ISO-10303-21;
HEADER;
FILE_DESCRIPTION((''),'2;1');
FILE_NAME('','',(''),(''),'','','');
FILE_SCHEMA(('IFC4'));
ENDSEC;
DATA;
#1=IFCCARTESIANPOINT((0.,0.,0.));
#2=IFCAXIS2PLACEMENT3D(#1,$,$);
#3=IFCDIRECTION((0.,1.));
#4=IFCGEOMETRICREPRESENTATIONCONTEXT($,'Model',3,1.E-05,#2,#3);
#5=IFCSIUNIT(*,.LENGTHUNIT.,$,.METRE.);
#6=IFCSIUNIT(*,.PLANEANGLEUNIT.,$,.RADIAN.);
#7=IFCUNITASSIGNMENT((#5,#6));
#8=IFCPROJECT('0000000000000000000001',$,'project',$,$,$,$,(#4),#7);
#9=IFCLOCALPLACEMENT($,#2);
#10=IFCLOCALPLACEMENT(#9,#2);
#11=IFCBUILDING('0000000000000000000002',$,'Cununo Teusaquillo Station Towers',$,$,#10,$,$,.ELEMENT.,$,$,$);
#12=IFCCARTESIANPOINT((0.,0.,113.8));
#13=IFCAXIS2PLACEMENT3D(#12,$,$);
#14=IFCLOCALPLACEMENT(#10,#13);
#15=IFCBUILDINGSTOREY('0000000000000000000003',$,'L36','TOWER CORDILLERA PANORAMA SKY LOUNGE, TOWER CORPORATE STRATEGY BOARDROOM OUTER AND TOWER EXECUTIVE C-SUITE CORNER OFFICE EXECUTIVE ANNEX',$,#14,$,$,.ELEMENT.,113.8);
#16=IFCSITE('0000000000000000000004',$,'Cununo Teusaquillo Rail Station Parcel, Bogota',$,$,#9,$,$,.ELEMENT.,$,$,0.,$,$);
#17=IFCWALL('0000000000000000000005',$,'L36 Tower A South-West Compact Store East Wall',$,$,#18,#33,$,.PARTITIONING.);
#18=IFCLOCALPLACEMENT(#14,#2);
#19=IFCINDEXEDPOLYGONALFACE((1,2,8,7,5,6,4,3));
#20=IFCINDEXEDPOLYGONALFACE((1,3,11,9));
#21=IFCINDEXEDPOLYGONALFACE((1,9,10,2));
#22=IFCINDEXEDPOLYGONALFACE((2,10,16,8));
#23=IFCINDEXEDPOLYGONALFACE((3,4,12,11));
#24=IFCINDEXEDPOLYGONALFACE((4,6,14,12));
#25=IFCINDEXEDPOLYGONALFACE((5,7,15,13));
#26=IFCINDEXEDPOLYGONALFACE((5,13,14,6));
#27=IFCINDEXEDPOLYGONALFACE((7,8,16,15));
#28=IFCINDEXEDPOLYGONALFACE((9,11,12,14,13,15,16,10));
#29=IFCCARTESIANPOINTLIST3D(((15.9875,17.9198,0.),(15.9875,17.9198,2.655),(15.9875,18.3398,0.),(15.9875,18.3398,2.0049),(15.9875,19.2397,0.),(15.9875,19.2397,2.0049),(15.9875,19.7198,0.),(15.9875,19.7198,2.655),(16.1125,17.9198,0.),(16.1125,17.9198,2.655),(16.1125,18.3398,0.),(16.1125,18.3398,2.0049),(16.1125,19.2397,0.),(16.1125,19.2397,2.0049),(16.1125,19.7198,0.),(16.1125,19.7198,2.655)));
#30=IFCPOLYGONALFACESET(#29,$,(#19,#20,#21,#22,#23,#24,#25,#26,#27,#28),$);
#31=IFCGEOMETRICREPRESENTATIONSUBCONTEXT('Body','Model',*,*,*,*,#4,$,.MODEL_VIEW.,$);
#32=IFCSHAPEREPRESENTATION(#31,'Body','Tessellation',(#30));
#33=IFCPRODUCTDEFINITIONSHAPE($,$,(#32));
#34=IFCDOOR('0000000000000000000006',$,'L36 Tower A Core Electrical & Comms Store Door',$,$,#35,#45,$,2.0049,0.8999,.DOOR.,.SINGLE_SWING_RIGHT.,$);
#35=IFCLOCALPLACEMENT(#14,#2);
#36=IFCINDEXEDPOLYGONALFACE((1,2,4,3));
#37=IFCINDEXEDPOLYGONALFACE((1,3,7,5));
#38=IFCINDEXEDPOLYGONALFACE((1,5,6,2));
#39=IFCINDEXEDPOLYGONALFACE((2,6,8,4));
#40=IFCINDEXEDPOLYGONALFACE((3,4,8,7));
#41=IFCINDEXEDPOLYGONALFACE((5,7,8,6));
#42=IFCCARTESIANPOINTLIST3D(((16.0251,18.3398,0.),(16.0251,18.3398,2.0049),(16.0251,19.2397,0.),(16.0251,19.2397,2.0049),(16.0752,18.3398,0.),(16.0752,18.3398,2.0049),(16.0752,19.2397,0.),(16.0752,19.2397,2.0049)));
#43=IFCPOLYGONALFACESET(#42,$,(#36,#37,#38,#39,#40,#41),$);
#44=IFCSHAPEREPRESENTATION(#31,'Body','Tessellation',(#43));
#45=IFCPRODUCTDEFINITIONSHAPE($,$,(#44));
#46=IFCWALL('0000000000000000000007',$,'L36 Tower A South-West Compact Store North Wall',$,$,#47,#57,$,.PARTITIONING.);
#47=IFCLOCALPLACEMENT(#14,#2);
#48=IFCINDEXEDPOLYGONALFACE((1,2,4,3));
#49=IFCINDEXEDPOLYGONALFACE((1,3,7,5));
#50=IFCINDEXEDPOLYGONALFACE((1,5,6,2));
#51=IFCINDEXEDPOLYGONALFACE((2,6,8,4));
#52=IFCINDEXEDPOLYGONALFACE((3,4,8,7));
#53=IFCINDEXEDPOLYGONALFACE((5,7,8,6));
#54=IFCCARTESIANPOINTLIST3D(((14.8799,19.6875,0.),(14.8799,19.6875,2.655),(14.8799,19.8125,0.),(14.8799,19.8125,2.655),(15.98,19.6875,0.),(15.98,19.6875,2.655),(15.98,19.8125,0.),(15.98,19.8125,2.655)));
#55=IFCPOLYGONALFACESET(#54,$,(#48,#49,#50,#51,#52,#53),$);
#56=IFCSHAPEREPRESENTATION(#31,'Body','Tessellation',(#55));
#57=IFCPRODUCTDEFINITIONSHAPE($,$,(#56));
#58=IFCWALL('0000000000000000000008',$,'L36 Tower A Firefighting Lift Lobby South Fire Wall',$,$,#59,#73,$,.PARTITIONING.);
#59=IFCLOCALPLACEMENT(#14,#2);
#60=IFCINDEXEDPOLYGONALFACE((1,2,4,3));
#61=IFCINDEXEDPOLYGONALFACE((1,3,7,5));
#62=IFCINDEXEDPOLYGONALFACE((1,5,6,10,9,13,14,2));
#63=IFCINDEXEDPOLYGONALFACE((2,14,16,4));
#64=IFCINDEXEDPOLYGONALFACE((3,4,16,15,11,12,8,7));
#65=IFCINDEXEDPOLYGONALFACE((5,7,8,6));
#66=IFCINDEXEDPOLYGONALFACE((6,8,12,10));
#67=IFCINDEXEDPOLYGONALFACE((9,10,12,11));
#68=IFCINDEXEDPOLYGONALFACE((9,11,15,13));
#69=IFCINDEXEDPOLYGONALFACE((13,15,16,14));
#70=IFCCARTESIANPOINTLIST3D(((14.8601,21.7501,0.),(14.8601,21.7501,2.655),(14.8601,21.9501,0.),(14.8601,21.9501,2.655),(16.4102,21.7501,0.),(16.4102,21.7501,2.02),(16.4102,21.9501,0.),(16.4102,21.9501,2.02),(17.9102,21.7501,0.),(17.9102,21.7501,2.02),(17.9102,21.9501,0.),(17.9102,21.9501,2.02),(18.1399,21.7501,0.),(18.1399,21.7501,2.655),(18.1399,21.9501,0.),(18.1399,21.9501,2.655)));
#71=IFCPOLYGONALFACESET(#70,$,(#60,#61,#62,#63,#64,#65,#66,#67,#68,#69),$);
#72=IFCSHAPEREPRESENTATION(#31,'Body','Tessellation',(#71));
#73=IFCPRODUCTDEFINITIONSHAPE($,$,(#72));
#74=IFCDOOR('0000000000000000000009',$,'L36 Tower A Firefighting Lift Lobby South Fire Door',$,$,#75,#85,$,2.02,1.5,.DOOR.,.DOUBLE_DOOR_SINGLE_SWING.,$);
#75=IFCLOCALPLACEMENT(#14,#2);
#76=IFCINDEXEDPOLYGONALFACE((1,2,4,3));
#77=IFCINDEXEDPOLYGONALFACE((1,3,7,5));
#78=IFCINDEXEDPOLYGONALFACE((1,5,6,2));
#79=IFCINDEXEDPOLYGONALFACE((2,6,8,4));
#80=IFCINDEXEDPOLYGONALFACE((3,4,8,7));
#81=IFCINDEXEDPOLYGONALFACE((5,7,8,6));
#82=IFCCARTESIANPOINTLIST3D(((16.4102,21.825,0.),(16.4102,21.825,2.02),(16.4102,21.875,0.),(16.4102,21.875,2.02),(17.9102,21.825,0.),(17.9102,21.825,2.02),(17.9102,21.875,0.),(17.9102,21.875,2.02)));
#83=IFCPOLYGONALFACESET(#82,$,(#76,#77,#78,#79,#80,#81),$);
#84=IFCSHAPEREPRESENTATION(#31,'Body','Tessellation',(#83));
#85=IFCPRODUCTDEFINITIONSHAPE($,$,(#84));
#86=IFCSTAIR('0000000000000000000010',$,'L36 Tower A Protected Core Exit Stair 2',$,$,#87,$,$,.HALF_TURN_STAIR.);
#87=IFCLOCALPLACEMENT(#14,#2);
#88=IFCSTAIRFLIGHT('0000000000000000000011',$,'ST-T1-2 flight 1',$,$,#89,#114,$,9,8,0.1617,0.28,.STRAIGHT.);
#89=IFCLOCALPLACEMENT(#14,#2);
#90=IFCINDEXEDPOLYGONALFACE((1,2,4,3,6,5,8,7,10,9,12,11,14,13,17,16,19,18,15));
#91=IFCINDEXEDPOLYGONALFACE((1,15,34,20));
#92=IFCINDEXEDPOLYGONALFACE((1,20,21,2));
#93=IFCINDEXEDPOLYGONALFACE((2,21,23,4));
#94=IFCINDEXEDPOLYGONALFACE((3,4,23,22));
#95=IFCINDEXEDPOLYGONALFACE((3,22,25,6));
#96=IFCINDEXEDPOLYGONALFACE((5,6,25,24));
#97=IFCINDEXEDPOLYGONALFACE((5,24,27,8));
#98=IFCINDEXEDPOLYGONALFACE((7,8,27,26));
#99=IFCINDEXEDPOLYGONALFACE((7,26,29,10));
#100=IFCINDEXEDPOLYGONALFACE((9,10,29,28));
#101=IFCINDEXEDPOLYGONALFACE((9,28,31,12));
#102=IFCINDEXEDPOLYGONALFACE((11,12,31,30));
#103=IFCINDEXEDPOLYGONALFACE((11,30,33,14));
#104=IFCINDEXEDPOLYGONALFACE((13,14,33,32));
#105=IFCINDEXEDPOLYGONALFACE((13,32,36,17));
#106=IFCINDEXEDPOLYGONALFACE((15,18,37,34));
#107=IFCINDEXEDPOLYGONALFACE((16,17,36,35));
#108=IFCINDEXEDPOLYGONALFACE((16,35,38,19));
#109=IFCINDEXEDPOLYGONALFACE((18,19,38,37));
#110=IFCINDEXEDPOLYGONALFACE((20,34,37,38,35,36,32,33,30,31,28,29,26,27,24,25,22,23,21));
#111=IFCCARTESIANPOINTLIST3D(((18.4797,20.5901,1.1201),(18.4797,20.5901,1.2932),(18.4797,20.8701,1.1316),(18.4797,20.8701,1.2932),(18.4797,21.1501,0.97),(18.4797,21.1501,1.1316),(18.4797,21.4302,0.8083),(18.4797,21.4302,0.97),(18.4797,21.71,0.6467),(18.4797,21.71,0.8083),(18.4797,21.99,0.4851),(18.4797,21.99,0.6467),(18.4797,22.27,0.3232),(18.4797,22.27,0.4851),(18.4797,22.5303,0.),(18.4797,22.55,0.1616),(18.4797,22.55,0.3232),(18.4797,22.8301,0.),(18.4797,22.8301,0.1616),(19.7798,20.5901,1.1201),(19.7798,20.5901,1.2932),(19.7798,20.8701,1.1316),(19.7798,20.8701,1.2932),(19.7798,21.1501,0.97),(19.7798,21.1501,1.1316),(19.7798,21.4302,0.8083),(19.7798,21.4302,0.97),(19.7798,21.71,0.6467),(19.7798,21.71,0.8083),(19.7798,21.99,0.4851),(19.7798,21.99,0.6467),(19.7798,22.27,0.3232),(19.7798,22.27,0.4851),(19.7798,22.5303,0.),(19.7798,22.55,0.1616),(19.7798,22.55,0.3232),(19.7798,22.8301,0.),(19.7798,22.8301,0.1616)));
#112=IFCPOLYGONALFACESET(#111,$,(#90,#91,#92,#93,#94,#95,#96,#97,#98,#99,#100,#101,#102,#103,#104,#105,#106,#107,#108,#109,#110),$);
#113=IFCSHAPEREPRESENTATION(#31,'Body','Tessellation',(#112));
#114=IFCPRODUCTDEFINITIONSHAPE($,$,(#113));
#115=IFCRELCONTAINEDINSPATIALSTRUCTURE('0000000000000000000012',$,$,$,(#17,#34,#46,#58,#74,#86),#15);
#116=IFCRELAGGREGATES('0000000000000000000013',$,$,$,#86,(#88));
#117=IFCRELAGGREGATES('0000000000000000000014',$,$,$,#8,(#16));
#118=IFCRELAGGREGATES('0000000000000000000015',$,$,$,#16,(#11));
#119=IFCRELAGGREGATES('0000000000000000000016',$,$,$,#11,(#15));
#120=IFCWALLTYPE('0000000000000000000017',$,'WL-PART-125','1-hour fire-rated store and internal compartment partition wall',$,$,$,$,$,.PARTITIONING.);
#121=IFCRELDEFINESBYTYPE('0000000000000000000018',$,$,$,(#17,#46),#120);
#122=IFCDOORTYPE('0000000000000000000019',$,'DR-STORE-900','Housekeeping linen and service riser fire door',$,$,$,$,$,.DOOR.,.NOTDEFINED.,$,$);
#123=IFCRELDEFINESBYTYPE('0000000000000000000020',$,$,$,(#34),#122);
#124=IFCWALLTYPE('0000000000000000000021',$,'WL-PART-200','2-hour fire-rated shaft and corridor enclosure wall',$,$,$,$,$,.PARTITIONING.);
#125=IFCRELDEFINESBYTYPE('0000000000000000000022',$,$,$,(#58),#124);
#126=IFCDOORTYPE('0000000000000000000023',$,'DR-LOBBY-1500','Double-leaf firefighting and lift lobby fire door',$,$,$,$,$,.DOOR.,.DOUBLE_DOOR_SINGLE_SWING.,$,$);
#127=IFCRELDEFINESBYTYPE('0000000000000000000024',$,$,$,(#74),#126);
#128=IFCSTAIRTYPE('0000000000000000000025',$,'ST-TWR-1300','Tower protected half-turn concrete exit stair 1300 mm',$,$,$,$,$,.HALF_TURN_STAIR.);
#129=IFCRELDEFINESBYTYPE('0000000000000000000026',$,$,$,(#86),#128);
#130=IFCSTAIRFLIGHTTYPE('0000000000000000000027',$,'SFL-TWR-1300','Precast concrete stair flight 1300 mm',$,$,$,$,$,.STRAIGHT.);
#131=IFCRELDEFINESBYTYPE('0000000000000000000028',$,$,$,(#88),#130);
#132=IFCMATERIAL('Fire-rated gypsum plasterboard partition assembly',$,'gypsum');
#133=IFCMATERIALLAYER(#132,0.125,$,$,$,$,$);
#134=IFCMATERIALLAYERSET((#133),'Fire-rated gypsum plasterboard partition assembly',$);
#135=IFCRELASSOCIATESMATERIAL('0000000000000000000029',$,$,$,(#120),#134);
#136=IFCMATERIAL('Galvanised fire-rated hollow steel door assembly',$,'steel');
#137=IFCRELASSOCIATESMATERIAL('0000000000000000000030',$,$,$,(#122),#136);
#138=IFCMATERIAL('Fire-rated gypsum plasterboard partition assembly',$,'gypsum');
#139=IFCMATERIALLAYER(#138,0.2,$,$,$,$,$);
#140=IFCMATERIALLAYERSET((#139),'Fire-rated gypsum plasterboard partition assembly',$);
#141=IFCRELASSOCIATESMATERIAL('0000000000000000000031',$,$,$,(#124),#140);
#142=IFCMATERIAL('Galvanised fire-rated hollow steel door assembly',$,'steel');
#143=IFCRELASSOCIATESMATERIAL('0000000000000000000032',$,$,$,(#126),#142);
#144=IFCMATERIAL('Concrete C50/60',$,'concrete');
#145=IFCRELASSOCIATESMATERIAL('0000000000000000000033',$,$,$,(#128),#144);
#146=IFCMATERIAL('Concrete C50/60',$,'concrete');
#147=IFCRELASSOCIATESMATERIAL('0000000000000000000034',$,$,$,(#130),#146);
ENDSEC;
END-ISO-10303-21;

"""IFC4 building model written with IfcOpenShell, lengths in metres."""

from ifc_helpers import new_model, si_unit, direction, frame, frame_2d, origin, place, context, subcontext, project, spatial, polyline, rectangle, outline, extrude, source, transform, mapped, material, layer, layer_set, type_object, element, fill, aggregate, save


model = new_model("IFC4")

# Units and contexts
model_context = context("Model", 3, precision=1e-05, world=origin(), true_north=direction((0.0, 1.0)))
body_context = subcontext(model_context, "Body", "Model", "MODEL_VIEW")
ifc_project = project(units=[si_unit("LENGTHUNIT", "METRE"), si_unit("PLANEANGLEUNIT", "RADIAN")], contexts=[model_context])

# Site, building, storey
site_placement = place(None, origin())
site = spatial("IfcSite", under=ifc_project, at=site_placement, Name="Cununo Teusaquillo Rail Station Parcel, Bogota", CompositionType="ELEMENT", RefElevation=0.0)
building_placement = place(site_placement, origin())
building = spatial("IfcBuilding", under=site, at=building_placement, Name="Cununo Teusaquillo Station Towers", CompositionType="ELEMENT")
storey_placement = place(building_placement, frame((0.0, 0.0, 113.8)))
storey = spatial("IfcBuildingStorey", under=building, at=storey_placement, Name="L36", Description="TOWER CORDILLERA PANORAMA SKY LOUNGE, TOWER CORPORATE STRATEGY BOARDROOM OUTER AND TOWER EXECUTIVE C-SUITE CORNER OFFICE EXECUTIVE ANNEX", CompositionType="ELEMENT", Elevation=113.8)

# Wall, opening, door
ifc_material_1 = material(Name="Fire-rated gypsum plasterboard partition assembly", Category="gypsum")
ifc_layer_1 = layer(ifc_material_1, 0.125)
ifc_layer_set_1 = layer_set([ifc_layer_1], Name="Fire-rated gypsum plasterboard partition assembly")
wall_type_1 = type_object("IfcWallType", Name="WL-PART-125", Description="1-hour fire-rated store and internal compartment partition wall", PredefinedType="PARTITIONING", material=ifc_layer_set_1)
wall_1_placement = place(storey_placement, frame((16.05, 17.9199, 0.0), z_axis=(0.0, 0.0, 1.0), x_axis=(0.0, 1.0, 0.0)))
wall_1 = element("IfcWall", 1, at=wall_1_placement, inside=storey, type_object=wall_type_1, Name="L36 Tower A South-West Compact Store East Wall", PredefinedType="PARTITIONING", context=body_context, shape_type="SweptSolid", body=[
    extrude(rectangle(XDim=1.8, YDim=0.125, at=frame_2d((0.8999, 0.0))), origin(), (0.0, 0.0, 1.0), 2.655),
])
shared_shape_1 = source(origin(), body_context, "Body", "SweptSolid", [
    extrude(rectangle(XDim=0.8999, YDim=2.0049, at=frame_2d((0.45, 1.0024))), frame((0.0, 0.0725, 0.0), z_axis=(0.0, -1.0, 0.0), x_axis=(1.0, 0.0, 0.0)), (0.0, 0.0, 1.0), 0.145),
])
opening_1_placement = place(wall_1_placement, frame((0.4199, 0.0, 0.0)))
opening_1 = element("IfcOpeningElement", 2, at=opening_1_placement, cuts=wall_1, PredefinedType="OPENING", context=body_context, shape_type="MappedRepresentation", body=[
    mapped(shared_shape_1, transform((0.0, 0.0, 0.0), x_axis=(1.0, 0.0, 0.0), y_axis=(0.0, 1.0, 0.0), z_axis=(0.0, 0.0, 1.0), scale=1.0)),
])
ifc_material_2 = material(Name="Galvanised fire-rated hollow steel door assembly", Category="steel")
door_type_1 = type_object("IfcDoorType", Name="DR-STORE-900", Description="Housekeeping linen and service riser fire door", OperationType="NOTDEFINED", PredefinedType="DOOR", material=ifc_material_2)
shared_shape_2 = source(origin(), body_context, "Body", "SweptSolid", [
    extrude(rectangle(XDim=0.8999, YDim=2.0049, at=frame_2d((0.45, 1.0024))), frame((0.0, 0.0249, 0.0), z_axis=(0.0, -1.0, 0.0), x_axis=(1.0, 0.0, 0.0)), (0.0, 0.0, 1.0), 0.05),
])
door_1_placement = place(opening_1_placement, origin())
door_1 = element("IfcDoor", 3, at=door_1_placement, inside=storey, type_object=door_type_1, Name="L36 Tower A Core Electrical & Comms Store Door", OperationType="SINGLE_SWING_RIGHT", OverallHeight=2.0049, OverallWidth=0.8999, PredefinedType="DOOR", context=body_context, shape_type="MappedRepresentation", body=[
    mapped(shared_shape_2, transform((0.0, 0.0, 0.0), x_axis=(1.0, 0.0, 0.0), y_axis=(0.0, 1.0, 0.0), z_axis=(0.0, 0.0, 1.0), scale=1.0)),
])
fill(opening_1, door_1)

# Wall
wall_2_placement = place(storey_placement, frame((14.8799, 19.75, 0.0), z_axis=(0.0, 0.0, 1.0), x_axis=(1.0, 0.0, 0.0)))
element("IfcWall", 4, at=wall_2_placement, inside=storey, type_object=wall_type_1, Name="L36 Tower A South-West Compact Store North Wall", PredefinedType="PARTITIONING", context=body_context, shape_type="SweptSolid", body=[
    extrude(rectangle(XDim=1.1001, YDim=0.125, at=frame_2d((0.55, 0.0))), origin(), (0.0, 0.0, 1.0), 2.655),
])

# Wall, opening, door
ifc_material_3 = material(Name="Fire-rated gypsum plasterboard partition assembly", Category="gypsum")
ifc_layer_2 = layer(ifc_material_3, 0.2)
ifc_layer_set_2 = layer_set([ifc_layer_2], Name="Fire-rated gypsum plasterboard partition assembly")
wall_type_2 = type_object("IfcWallType", Name="WL-PART-200", Description="2-hour fire-rated shaft and corridor enclosure wall", PredefinedType="PARTITIONING", material=ifc_layer_set_2)
wall_3_placement = place(storey_placement, frame((14.8601, 21.8501, 0.0), z_axis=(0.0, 0.0, 1.0), x_axis=(1.0, 0.0, 0.0)))
wall_3 = element("IfcWall", 5, at=wall_3_placement, inside=storey, type_object=wall_type_2, Name="L36 Tower A Firefighting Lift Lobby South Fire Wall", PredefinedType="PARTITIONING", context=body_context, shape_type="SweptSolid", body=[
    extrude(rectangle(XDim=3.2798, YDim=0.2, at=frame_2d((1.6399, 0.0))), origin(), (0.0, 0.0, 1.0), 2.655),
])
shared_shape_3 = source(origin(), body_context, "Body", "SweptSolid", [
    extrude(rectangle(XDim=1.5, YDim=2.02, at=frame_2d((0.75, 1.01))), frame((0.0, 0.1099, 0.0), z_axis=(0.0, -1.0, 0.0), x_axis=(1.0, 0.0, 0.0)), (0.0, 0.0, 1.0), 0.22),
])
opening_2_placement = place(wall_3_placement, frame((1.55, 0.0, 0.0)))
opening_2 = element("IfcOpeningElement", 6, at=opening_2_placement, cuts=wall_3, PredefinedType="OPENING", context=body_context, shape_type="MappedRepresentation", body=[
    mapped(shared_shape_3, transform((0.0, 0.0, 0.0), x_axis=(1.0, 0.0, 0.0), y_axis=(0.0, 1.0, 0.0), z_axis=(0.0, 0.0, 1.0), scale=1.0)),
])
ifc_material_4 = material(Name="Galvanised fire-rated hollow steel door assembly", Category="steel")
door_type_2 = type_object("IfcDoorType", Name="DR-LOBBY-1500", Description="Double-leaf firefighting and lift lobby fire door", OperationType="DOUBLE_DOOR_SINGLE_SWING", PredefinedType="DOOR", material=ifc_material_4)
shared_shape_4 = source(origin(), body_context, "Body", "SweptSolid", [
    extrude(rectangle(XDim=1.5, YDim=2.02, at=frame_2d((0.75, 1.01))), frame((0.0, 0.0249, 0.0), z_axis=(0.0, -1.0, 0.0), x_axis=(1.0, 0.0, 0.0)), (0.0, 0.0, 1.0), 0.05),
])
door_2_placement = place(opening_2_placement, origin())
door_2 = element("IfcDoor", 7, at=door_2_placement, inside=storey, type_object=door_type_2, Name="L36 Tower A Firefighting Lift Lobby South Fire Door", OperationType="DOUBLE_DOOR_SINGLE_SWING", OverallHeight=2.02, OverallWidth=1.5, PredefinedType="DOOR", context=body_context, shape_type="MappedRepresentation", body=[
    mapped(shared_shape_4, transform((0.0, 0.0, 0.0), x_axis=(1.0, 0.0, 0.0), y_axis=(0.0, 1.0, 0.0), z_axis=(0.0, 0.0, 1.0), scale=1.0)),
])
fill(opening_2, door_2)

# Stair, stair flight
ifc_material_5 = material(Name="Concrete C50/60", Category="concrete")
stair_type = type_object("IfcStairType", Name="ST-TWR-1300", Description="Tower protected half-turn concrete exit stair 1300 mm", PredefinedType="HALF_TURN_STAIR", material=ifc_material_5)
stair_placement = place(storey_placement, origin())
stair = element("IfcStair", 8, at=stair_placement, inside=storey, type_object=stair_type, Name="L36 Tower A Protected Core Exit Stair 2", PredefinedType="HALF_TURN_STAIR")
ifc_material_6 = material(Name="Concrete C50/60", Category="concrete")
stair_flight_type = type_object("IfcStairFlightType", Name="SFL-TWR-1300", Description="Precast concrete stair flight 1300 mm", PredefinedType="STRAIGHT", material=ifc_material_6)
stair_flight_placement = place(storey_placement, frame((19.1299, 22.8301, 0.0), z_axis=(0.0, 0.0, 1.0), x_axis=(0.0, -1.0, 0.0)))
stair_flight = element("IfcStairFlight", 9, at=stair_flight_placement, type_object=stair_flight_type, Name="ST-T1-2 flight 1", NumberOfRisers=9, NumberOfTreads=8, PredefinedType="STRAIGHT", RiserHeight=0.1617, TreadLength=0.28, context=body_context, shape_type="SweptSolid", body=[
    extrude(outline(polyline([(0.0, 0.0), (0.0, 0.1616), (0.28, 0.1616), (0.28, 0.3232), (0.5601, 0.3232), (0.5601, 0.4851), (0.8401, 0.4851), (0.8401, 0.6467), (1.1201, 0.6467), (1.1201, 0.8083), (1.3999, 0.8083), (1.3999, 0.97), (1.6799, 0.97), (1.6799, 1.1316), (1.96, 1.1316), (1.96, 1.2932), (2.24, 1.2932), (2.24, 1.4551), (2.24, 1.1201), (0.2998, 0.0), (0.0, 0.0)])), frame((0.0, 0.6499, 0.0), z_axis=(0.0, -1.0, 0.0), x_axis=(1.0, 0.0, 0.0)), (0.0, 0.0, 1.0), 1.3),
])
aggregate(stair, [stair_flight])

save(model, "model.ifc")
